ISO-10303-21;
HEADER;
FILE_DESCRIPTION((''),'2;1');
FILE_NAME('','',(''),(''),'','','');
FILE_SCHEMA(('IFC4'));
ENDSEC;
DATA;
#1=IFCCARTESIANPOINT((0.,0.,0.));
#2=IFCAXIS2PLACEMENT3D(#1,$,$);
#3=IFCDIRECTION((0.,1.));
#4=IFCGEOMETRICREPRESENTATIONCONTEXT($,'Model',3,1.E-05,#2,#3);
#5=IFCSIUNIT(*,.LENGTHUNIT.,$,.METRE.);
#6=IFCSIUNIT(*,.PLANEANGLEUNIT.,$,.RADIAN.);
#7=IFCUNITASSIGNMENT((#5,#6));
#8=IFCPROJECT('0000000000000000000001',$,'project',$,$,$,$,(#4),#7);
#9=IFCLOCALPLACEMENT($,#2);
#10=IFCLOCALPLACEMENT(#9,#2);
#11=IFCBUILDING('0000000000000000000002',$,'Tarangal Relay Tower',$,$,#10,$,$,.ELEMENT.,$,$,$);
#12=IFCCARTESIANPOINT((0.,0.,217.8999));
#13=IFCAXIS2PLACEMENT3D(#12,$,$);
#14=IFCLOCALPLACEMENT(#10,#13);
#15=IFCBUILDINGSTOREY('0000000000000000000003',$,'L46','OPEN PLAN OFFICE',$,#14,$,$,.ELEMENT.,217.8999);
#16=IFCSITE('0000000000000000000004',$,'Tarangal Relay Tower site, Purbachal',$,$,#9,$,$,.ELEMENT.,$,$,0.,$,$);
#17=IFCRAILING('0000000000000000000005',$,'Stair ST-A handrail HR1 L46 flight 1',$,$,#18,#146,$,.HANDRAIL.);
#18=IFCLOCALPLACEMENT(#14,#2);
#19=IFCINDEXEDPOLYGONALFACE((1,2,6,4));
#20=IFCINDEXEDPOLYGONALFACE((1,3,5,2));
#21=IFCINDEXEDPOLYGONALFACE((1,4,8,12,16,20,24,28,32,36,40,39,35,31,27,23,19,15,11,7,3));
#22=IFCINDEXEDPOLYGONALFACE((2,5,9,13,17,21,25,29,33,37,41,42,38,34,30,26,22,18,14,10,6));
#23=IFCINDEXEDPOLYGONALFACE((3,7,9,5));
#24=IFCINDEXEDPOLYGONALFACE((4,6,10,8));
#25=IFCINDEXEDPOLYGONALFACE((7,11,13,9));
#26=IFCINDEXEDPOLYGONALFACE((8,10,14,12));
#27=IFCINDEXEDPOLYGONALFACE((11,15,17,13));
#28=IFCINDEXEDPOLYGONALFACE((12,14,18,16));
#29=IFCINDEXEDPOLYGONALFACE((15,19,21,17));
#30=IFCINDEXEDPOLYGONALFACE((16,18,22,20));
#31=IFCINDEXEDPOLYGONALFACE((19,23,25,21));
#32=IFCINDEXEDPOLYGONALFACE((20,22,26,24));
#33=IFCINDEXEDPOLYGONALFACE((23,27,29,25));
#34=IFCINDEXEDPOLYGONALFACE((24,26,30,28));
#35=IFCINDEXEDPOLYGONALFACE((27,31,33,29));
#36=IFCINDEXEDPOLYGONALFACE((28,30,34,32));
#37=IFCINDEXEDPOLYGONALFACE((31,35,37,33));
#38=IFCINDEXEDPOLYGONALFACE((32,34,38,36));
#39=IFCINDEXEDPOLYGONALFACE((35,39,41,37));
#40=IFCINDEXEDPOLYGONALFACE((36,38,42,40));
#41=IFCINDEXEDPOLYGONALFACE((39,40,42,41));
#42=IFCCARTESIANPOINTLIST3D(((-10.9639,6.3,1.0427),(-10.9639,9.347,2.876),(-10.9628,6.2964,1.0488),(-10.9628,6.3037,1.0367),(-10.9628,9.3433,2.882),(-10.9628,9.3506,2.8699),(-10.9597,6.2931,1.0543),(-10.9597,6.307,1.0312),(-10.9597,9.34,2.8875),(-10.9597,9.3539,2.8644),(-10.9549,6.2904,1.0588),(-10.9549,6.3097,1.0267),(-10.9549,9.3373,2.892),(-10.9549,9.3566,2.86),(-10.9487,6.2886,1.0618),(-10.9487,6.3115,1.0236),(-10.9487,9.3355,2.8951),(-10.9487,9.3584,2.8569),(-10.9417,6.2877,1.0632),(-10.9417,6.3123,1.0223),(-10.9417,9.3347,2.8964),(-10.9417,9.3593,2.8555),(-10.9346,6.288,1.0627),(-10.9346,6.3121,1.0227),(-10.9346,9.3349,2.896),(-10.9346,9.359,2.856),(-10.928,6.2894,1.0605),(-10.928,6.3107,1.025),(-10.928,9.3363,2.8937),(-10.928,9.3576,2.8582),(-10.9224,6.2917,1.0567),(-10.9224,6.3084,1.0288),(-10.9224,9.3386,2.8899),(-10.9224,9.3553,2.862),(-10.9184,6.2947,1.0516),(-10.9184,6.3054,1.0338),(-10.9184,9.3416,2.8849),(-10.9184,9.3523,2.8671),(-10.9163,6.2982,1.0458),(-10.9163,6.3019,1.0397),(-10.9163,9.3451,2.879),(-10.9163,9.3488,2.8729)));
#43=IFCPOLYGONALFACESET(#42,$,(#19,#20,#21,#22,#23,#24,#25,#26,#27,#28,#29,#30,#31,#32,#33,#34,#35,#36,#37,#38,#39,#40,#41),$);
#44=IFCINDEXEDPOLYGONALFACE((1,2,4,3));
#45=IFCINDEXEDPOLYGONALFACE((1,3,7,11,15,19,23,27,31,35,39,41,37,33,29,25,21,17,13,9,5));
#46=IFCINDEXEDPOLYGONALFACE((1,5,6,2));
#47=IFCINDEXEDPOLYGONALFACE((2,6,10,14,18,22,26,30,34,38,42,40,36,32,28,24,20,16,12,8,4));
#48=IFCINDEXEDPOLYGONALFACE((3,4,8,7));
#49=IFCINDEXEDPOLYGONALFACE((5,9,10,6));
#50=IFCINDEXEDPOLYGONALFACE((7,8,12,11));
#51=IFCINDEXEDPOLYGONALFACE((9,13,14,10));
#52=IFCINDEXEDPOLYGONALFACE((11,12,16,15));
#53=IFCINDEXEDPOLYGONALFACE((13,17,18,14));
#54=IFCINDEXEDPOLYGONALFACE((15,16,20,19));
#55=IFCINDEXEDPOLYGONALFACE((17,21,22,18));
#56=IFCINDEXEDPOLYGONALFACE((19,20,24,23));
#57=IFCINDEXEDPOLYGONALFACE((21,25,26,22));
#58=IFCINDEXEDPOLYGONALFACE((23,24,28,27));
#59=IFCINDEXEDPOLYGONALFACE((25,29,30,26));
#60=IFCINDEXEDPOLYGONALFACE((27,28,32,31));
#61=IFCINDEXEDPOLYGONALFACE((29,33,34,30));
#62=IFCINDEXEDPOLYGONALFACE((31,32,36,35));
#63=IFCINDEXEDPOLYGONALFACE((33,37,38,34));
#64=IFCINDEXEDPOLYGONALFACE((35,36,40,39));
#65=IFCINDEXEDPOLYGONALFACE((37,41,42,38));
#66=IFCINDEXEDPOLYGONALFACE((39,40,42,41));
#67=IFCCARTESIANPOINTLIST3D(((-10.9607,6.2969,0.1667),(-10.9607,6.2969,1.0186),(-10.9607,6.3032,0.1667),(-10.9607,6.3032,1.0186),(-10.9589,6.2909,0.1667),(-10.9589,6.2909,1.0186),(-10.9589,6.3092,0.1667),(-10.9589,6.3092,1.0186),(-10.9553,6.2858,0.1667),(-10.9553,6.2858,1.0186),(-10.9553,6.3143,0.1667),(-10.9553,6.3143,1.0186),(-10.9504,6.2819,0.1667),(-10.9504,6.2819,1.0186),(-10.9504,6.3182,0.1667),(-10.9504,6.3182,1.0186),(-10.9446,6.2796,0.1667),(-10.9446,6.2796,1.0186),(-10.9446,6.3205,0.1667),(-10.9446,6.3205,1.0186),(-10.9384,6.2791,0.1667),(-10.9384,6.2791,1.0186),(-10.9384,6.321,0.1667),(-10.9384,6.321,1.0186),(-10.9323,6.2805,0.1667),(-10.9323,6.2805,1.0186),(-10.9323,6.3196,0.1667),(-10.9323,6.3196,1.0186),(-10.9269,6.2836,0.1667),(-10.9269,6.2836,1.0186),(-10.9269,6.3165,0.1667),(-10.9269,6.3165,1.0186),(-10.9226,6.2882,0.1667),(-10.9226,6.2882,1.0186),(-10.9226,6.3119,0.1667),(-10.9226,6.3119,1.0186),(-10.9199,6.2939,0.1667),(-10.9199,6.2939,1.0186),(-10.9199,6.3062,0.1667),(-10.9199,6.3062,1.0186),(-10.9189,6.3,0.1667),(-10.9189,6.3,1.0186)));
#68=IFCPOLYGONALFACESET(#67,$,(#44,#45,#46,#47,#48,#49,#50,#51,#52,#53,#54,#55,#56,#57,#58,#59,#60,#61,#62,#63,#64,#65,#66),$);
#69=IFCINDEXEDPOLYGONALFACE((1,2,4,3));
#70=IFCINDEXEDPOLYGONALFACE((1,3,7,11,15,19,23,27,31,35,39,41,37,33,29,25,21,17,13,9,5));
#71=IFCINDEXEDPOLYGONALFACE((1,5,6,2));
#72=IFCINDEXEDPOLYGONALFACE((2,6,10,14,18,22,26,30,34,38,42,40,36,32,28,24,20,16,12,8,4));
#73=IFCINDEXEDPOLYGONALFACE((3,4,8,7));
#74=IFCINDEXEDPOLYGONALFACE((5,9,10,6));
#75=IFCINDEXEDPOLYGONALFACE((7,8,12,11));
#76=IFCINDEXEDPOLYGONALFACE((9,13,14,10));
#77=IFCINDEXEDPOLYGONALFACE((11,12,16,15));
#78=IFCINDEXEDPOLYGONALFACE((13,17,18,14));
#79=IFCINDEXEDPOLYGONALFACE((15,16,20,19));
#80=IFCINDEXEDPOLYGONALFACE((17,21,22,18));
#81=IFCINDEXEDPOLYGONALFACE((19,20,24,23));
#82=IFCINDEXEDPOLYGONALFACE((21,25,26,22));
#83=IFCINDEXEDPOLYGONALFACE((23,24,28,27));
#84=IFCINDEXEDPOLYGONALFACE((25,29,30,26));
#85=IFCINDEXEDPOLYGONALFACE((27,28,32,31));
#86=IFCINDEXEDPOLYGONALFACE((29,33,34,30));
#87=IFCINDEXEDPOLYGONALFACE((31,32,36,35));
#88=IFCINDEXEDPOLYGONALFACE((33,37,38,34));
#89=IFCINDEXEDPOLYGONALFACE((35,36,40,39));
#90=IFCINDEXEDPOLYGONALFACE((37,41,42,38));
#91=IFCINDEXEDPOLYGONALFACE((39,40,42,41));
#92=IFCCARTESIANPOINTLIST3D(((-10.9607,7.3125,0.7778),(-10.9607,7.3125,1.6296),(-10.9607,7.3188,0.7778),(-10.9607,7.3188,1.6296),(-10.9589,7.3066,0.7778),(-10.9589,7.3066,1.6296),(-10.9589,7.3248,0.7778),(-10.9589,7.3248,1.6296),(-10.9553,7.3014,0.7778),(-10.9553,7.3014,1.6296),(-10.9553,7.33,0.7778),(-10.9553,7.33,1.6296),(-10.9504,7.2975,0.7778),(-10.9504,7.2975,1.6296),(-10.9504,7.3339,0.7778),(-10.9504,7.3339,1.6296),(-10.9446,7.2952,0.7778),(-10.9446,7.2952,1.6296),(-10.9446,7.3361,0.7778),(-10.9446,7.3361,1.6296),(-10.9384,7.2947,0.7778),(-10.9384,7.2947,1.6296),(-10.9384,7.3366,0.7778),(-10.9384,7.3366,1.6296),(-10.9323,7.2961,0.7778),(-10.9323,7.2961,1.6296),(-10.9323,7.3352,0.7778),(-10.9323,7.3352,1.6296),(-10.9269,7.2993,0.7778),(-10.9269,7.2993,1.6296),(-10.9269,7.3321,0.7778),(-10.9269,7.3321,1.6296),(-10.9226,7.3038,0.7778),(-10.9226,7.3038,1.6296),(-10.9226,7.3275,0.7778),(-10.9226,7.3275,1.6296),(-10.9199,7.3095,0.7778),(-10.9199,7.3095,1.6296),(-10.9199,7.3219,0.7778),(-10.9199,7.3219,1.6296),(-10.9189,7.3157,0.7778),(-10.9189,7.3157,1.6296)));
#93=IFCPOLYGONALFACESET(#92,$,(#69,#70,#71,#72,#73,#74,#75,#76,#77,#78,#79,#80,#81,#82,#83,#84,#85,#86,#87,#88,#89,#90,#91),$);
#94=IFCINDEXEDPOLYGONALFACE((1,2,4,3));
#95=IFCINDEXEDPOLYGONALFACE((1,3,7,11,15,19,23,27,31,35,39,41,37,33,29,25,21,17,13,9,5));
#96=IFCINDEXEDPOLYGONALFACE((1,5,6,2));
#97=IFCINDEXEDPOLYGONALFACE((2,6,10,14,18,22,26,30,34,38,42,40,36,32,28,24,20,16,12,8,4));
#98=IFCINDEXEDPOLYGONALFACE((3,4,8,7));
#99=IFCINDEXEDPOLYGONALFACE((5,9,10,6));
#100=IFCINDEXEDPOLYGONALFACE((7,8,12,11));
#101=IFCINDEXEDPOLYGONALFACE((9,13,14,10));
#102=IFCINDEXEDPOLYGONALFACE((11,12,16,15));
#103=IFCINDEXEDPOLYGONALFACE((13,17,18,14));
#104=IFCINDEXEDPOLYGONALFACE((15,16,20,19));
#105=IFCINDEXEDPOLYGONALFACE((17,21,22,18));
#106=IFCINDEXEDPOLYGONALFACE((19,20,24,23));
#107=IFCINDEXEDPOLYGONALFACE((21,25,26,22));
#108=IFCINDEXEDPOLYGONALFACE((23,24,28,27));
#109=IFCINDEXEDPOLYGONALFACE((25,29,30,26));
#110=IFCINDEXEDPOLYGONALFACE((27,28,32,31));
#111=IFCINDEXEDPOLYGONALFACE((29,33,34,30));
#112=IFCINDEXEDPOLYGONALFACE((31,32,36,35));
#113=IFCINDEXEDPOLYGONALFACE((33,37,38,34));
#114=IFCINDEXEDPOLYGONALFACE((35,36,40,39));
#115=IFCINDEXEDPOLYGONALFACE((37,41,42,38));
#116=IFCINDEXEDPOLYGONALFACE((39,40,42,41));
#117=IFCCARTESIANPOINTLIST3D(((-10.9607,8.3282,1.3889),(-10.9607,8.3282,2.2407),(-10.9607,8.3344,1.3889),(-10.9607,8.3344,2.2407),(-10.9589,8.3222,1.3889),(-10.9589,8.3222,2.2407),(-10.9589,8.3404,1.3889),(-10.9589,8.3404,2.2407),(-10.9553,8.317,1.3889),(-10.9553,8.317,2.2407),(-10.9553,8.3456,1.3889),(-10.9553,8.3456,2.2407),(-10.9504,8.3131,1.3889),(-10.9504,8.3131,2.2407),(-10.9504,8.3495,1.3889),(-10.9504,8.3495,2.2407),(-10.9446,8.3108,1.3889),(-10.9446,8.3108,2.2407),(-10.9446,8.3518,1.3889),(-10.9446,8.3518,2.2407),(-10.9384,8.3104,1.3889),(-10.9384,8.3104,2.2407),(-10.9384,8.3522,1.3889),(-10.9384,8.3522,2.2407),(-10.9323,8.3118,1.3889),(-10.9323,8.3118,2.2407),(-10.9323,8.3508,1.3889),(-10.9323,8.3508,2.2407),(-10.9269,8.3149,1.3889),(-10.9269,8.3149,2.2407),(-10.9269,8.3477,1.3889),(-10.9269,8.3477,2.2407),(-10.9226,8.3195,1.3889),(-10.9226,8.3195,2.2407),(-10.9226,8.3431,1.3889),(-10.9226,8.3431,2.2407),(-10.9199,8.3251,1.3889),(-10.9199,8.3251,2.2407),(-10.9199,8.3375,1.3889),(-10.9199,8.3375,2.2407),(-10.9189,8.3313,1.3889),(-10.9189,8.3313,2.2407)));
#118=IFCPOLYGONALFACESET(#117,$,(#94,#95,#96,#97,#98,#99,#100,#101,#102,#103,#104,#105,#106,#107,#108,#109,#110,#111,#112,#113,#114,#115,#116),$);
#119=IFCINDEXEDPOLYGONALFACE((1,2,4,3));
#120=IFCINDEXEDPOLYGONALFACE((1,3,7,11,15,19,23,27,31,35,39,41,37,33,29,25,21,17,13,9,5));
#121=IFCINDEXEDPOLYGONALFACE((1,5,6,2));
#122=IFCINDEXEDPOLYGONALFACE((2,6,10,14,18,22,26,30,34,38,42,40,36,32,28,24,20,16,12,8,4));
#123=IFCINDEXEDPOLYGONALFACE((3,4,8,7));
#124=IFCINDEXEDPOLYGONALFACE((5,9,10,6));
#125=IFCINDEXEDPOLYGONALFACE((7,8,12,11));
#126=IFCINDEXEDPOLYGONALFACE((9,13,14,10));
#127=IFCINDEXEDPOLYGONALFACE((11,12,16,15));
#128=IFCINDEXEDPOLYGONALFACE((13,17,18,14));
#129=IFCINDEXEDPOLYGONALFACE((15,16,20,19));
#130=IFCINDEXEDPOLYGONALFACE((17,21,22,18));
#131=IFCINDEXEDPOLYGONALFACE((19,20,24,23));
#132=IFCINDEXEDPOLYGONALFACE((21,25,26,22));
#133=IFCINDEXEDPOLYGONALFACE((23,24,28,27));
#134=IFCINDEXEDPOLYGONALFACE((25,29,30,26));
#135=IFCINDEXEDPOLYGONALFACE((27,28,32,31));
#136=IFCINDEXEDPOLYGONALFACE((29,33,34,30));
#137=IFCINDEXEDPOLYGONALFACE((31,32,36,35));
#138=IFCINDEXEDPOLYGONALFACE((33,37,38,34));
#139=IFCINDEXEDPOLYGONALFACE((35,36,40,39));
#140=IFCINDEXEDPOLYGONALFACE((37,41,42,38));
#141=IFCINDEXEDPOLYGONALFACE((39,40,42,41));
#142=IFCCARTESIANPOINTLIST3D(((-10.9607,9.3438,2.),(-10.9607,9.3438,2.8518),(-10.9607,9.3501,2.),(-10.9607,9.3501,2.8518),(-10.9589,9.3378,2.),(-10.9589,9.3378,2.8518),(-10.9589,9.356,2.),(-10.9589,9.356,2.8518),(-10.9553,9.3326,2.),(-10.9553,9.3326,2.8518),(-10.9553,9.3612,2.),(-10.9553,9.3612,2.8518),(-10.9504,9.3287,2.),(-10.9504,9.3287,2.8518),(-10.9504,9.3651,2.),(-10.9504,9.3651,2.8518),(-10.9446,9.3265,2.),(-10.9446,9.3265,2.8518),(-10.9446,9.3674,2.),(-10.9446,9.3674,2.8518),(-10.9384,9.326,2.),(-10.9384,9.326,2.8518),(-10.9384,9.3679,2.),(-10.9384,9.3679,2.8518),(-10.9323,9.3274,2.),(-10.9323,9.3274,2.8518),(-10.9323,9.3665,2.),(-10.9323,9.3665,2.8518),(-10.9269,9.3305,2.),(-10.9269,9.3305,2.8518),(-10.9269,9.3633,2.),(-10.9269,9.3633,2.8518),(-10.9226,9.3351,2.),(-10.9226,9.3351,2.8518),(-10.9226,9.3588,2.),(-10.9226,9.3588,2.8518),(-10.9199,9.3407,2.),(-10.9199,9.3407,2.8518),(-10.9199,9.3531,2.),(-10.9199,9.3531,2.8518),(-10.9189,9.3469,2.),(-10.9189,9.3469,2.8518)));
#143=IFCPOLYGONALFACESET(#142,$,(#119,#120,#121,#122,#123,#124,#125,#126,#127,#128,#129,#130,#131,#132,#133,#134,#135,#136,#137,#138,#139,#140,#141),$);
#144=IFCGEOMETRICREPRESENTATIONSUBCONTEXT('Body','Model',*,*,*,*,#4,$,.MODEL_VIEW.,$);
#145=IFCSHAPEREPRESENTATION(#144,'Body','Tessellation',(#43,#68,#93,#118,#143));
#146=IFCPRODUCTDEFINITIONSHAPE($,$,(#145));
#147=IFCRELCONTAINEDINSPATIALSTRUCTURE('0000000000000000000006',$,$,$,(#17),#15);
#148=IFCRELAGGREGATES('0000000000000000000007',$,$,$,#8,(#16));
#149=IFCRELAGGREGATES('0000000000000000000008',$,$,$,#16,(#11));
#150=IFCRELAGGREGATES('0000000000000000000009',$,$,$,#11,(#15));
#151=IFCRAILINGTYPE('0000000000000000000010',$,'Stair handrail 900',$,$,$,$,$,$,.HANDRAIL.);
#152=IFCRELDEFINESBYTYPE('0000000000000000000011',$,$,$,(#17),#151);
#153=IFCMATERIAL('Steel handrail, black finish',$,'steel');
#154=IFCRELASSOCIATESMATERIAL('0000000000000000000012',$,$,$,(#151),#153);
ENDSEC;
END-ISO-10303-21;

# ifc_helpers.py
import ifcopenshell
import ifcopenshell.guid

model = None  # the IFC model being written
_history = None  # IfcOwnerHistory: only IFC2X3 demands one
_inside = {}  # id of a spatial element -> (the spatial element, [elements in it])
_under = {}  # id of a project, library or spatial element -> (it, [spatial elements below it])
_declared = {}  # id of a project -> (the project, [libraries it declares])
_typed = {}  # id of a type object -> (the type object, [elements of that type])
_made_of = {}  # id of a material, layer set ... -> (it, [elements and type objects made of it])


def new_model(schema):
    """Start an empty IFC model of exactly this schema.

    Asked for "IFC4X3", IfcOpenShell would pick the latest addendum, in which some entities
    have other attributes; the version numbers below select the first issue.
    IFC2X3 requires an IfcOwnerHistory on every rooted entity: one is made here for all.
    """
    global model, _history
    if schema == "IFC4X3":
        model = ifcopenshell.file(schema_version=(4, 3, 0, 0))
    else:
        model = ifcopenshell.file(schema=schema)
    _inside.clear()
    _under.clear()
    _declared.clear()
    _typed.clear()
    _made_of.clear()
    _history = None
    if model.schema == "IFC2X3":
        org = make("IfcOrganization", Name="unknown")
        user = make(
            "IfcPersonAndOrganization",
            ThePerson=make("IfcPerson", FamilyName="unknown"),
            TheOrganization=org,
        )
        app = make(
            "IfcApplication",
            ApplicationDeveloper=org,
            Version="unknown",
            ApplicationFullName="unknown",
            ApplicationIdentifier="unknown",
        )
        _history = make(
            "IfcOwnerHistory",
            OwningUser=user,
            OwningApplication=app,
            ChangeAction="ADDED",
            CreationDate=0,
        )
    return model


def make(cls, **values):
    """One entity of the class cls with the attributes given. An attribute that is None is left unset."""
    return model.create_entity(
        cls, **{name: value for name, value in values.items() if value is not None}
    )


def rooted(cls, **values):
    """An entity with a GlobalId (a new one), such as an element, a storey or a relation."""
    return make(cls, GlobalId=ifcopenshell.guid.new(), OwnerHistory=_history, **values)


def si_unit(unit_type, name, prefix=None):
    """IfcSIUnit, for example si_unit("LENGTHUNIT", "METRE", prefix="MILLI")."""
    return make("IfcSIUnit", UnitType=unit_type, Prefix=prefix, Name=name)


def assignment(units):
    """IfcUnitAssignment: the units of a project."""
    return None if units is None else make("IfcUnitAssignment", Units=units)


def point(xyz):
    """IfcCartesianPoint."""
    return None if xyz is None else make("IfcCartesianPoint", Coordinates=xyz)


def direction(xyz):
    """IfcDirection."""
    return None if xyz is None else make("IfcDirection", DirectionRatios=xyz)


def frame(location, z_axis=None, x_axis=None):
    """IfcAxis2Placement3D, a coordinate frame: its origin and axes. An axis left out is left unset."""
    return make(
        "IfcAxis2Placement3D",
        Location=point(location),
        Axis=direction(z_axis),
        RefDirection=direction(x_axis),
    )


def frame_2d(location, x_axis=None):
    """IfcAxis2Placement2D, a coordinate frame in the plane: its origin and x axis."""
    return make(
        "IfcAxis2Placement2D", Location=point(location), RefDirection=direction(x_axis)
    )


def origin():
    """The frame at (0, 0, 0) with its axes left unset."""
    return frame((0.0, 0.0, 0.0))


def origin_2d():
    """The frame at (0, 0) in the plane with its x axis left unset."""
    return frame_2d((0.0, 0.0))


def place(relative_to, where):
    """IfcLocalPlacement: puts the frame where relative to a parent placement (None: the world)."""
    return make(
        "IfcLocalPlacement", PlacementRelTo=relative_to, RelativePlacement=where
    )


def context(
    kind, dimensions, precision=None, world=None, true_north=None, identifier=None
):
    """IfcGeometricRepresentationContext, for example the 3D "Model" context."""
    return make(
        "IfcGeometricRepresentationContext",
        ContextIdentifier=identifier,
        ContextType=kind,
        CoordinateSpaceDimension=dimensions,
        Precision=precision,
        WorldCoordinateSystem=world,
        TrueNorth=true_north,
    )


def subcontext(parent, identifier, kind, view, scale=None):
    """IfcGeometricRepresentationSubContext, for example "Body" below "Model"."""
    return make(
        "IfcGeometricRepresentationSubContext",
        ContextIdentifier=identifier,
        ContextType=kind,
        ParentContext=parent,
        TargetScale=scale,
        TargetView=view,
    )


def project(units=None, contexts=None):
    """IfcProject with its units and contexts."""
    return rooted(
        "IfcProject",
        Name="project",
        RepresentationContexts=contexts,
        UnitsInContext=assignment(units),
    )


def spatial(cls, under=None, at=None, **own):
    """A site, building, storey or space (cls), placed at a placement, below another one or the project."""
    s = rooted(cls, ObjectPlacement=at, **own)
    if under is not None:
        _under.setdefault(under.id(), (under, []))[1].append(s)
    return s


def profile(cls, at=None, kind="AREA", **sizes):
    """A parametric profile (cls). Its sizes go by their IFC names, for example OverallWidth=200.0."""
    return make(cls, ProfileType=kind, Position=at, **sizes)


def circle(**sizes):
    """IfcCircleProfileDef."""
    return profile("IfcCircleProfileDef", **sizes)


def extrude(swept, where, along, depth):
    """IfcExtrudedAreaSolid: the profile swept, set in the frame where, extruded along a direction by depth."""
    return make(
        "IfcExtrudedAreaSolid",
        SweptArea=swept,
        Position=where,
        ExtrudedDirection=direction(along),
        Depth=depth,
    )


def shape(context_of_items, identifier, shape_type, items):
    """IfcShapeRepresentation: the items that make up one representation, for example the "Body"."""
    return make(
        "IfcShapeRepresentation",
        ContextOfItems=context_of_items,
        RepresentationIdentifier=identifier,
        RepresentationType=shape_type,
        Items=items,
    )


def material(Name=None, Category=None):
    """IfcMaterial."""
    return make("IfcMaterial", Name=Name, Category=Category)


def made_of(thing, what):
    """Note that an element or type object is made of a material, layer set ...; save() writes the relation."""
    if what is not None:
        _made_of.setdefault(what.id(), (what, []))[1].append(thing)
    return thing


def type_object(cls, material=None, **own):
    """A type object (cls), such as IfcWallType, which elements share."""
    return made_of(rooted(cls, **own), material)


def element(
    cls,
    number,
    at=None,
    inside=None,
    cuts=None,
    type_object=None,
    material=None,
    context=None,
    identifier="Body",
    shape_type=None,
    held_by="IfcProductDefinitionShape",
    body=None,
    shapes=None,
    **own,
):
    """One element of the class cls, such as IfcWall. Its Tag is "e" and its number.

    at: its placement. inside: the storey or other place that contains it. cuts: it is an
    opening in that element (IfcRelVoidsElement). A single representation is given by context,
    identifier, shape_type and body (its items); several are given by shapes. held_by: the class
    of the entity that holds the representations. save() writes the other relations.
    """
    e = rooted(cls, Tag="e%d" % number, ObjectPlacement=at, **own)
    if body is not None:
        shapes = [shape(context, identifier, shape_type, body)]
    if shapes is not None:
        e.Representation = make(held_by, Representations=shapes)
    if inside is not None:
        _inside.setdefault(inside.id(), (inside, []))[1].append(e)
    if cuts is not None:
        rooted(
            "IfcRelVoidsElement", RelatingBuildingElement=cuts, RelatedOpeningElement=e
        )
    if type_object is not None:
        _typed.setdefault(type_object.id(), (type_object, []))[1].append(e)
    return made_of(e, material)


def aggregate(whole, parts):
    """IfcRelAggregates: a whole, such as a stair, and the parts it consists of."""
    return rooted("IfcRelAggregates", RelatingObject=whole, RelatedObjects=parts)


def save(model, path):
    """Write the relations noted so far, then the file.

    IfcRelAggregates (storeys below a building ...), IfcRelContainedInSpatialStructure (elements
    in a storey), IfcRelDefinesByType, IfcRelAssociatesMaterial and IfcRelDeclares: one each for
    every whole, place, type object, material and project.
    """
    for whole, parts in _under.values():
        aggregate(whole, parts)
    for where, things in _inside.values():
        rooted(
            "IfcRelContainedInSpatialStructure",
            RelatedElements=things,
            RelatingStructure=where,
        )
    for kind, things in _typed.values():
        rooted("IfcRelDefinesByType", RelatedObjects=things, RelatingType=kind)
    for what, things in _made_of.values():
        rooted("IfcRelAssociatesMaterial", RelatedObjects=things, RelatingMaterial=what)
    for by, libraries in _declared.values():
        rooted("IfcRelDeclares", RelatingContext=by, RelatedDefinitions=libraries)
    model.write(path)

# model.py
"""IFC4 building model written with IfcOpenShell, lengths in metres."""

from ifc_helpers import new_model, si_unit, direction, frame, origin, origin_2d, place, context, subcontext, project, spatial, circle, extrude, material, type_object, element, save


model = new_model("IFC4")

# Units and contexts
model_context = context("Model", 3, precision=1e-05, world=origin(), true_north=direction((0.0, 1.0)))
body_context = subcontext(model_context, "Body", "Model", "MODEL_VIEW")
ifc_project = project(units=[si_unit("LENGTHUNIT", "METRE"), si_unit("PLANEANGLEUNIT", "RADIAN")], contexts=[model_context])

# Site, building, storey
site_placement = place(None, origin())
site = spatial("IfcSite", under=ifc_project, at=site_placement, Name="Tarangal Relay Tower site, Purbachal", CompositionType="ELEMENT", RefElevation=0.0)
building_placement = place(site_placement, origin())
building = spatial("IfcBuilding", under=site, at=building_placement, Name="Tarangal Relay Tower", CompositionType="ELEMENT")
storey_placement = place(building_placement, frame((0.0, 0.0, 217.8999)))
storey = spatial("IfcBuildingStorey", under=building, at=storey_placement, Name="L46", Description="OPEN PLAN OFFICE", CompositionType="ELEMENT", Elevation=217.8999)

# Railing
ifc_material_1 = material(Name="Steel handrail, black finish", Category="steel")
railing_type_1 = type_object("IfcRailingType", Name="Stair handrail 900", PredefinedType="HANDRAIL", material=ifc_material_1)
railing_1_placement = place(storey_placement, frame((-10.9399, 6.3, 0.1667)))
element("IfcRailing", 1, at=railing_1_placement, inside=storey, type_object=railing_type_1, Name="Stair ST-A handrail HR1 L46 flight 1", PredefinedType="HANDRAIL", context=body_context, shape_type="SweptSolid", body=[
    extrude(circle(Radius=0.0239, at=origin_2d()), frame((0.0, 0.0, 0.876), z_axis=(0.0, 0.856856, 0.515556), x_axis=(-1.0, 0.0, 0.0)), (0.0, 0.0, 1.0), 3.5559),
    extrude(circle(Radius=0.021, at=origin_2d()), origin(), (0.0, 0.0, 1.0), 0.8518),
    extrude(circle(Radius=0.021, at=origin_2d()), frame((0.0, 1.0156, 0.6111)), (0.0, 0.0, 1.0), 0.8518),
    extrude(circle(Radius=0.021, at=origin_2d()), frame((0.0, 2.0312, 1.2222)), (0.0, 0.0, 1.0), 0.8518),
    extrude(circle(Radius=0.021, at=origin_2d()), frame((0.0, 3.0469, 1.8333)), (0.0, 0.0, 1.0), 0.8518),
])

save(model, "model.ifc")
